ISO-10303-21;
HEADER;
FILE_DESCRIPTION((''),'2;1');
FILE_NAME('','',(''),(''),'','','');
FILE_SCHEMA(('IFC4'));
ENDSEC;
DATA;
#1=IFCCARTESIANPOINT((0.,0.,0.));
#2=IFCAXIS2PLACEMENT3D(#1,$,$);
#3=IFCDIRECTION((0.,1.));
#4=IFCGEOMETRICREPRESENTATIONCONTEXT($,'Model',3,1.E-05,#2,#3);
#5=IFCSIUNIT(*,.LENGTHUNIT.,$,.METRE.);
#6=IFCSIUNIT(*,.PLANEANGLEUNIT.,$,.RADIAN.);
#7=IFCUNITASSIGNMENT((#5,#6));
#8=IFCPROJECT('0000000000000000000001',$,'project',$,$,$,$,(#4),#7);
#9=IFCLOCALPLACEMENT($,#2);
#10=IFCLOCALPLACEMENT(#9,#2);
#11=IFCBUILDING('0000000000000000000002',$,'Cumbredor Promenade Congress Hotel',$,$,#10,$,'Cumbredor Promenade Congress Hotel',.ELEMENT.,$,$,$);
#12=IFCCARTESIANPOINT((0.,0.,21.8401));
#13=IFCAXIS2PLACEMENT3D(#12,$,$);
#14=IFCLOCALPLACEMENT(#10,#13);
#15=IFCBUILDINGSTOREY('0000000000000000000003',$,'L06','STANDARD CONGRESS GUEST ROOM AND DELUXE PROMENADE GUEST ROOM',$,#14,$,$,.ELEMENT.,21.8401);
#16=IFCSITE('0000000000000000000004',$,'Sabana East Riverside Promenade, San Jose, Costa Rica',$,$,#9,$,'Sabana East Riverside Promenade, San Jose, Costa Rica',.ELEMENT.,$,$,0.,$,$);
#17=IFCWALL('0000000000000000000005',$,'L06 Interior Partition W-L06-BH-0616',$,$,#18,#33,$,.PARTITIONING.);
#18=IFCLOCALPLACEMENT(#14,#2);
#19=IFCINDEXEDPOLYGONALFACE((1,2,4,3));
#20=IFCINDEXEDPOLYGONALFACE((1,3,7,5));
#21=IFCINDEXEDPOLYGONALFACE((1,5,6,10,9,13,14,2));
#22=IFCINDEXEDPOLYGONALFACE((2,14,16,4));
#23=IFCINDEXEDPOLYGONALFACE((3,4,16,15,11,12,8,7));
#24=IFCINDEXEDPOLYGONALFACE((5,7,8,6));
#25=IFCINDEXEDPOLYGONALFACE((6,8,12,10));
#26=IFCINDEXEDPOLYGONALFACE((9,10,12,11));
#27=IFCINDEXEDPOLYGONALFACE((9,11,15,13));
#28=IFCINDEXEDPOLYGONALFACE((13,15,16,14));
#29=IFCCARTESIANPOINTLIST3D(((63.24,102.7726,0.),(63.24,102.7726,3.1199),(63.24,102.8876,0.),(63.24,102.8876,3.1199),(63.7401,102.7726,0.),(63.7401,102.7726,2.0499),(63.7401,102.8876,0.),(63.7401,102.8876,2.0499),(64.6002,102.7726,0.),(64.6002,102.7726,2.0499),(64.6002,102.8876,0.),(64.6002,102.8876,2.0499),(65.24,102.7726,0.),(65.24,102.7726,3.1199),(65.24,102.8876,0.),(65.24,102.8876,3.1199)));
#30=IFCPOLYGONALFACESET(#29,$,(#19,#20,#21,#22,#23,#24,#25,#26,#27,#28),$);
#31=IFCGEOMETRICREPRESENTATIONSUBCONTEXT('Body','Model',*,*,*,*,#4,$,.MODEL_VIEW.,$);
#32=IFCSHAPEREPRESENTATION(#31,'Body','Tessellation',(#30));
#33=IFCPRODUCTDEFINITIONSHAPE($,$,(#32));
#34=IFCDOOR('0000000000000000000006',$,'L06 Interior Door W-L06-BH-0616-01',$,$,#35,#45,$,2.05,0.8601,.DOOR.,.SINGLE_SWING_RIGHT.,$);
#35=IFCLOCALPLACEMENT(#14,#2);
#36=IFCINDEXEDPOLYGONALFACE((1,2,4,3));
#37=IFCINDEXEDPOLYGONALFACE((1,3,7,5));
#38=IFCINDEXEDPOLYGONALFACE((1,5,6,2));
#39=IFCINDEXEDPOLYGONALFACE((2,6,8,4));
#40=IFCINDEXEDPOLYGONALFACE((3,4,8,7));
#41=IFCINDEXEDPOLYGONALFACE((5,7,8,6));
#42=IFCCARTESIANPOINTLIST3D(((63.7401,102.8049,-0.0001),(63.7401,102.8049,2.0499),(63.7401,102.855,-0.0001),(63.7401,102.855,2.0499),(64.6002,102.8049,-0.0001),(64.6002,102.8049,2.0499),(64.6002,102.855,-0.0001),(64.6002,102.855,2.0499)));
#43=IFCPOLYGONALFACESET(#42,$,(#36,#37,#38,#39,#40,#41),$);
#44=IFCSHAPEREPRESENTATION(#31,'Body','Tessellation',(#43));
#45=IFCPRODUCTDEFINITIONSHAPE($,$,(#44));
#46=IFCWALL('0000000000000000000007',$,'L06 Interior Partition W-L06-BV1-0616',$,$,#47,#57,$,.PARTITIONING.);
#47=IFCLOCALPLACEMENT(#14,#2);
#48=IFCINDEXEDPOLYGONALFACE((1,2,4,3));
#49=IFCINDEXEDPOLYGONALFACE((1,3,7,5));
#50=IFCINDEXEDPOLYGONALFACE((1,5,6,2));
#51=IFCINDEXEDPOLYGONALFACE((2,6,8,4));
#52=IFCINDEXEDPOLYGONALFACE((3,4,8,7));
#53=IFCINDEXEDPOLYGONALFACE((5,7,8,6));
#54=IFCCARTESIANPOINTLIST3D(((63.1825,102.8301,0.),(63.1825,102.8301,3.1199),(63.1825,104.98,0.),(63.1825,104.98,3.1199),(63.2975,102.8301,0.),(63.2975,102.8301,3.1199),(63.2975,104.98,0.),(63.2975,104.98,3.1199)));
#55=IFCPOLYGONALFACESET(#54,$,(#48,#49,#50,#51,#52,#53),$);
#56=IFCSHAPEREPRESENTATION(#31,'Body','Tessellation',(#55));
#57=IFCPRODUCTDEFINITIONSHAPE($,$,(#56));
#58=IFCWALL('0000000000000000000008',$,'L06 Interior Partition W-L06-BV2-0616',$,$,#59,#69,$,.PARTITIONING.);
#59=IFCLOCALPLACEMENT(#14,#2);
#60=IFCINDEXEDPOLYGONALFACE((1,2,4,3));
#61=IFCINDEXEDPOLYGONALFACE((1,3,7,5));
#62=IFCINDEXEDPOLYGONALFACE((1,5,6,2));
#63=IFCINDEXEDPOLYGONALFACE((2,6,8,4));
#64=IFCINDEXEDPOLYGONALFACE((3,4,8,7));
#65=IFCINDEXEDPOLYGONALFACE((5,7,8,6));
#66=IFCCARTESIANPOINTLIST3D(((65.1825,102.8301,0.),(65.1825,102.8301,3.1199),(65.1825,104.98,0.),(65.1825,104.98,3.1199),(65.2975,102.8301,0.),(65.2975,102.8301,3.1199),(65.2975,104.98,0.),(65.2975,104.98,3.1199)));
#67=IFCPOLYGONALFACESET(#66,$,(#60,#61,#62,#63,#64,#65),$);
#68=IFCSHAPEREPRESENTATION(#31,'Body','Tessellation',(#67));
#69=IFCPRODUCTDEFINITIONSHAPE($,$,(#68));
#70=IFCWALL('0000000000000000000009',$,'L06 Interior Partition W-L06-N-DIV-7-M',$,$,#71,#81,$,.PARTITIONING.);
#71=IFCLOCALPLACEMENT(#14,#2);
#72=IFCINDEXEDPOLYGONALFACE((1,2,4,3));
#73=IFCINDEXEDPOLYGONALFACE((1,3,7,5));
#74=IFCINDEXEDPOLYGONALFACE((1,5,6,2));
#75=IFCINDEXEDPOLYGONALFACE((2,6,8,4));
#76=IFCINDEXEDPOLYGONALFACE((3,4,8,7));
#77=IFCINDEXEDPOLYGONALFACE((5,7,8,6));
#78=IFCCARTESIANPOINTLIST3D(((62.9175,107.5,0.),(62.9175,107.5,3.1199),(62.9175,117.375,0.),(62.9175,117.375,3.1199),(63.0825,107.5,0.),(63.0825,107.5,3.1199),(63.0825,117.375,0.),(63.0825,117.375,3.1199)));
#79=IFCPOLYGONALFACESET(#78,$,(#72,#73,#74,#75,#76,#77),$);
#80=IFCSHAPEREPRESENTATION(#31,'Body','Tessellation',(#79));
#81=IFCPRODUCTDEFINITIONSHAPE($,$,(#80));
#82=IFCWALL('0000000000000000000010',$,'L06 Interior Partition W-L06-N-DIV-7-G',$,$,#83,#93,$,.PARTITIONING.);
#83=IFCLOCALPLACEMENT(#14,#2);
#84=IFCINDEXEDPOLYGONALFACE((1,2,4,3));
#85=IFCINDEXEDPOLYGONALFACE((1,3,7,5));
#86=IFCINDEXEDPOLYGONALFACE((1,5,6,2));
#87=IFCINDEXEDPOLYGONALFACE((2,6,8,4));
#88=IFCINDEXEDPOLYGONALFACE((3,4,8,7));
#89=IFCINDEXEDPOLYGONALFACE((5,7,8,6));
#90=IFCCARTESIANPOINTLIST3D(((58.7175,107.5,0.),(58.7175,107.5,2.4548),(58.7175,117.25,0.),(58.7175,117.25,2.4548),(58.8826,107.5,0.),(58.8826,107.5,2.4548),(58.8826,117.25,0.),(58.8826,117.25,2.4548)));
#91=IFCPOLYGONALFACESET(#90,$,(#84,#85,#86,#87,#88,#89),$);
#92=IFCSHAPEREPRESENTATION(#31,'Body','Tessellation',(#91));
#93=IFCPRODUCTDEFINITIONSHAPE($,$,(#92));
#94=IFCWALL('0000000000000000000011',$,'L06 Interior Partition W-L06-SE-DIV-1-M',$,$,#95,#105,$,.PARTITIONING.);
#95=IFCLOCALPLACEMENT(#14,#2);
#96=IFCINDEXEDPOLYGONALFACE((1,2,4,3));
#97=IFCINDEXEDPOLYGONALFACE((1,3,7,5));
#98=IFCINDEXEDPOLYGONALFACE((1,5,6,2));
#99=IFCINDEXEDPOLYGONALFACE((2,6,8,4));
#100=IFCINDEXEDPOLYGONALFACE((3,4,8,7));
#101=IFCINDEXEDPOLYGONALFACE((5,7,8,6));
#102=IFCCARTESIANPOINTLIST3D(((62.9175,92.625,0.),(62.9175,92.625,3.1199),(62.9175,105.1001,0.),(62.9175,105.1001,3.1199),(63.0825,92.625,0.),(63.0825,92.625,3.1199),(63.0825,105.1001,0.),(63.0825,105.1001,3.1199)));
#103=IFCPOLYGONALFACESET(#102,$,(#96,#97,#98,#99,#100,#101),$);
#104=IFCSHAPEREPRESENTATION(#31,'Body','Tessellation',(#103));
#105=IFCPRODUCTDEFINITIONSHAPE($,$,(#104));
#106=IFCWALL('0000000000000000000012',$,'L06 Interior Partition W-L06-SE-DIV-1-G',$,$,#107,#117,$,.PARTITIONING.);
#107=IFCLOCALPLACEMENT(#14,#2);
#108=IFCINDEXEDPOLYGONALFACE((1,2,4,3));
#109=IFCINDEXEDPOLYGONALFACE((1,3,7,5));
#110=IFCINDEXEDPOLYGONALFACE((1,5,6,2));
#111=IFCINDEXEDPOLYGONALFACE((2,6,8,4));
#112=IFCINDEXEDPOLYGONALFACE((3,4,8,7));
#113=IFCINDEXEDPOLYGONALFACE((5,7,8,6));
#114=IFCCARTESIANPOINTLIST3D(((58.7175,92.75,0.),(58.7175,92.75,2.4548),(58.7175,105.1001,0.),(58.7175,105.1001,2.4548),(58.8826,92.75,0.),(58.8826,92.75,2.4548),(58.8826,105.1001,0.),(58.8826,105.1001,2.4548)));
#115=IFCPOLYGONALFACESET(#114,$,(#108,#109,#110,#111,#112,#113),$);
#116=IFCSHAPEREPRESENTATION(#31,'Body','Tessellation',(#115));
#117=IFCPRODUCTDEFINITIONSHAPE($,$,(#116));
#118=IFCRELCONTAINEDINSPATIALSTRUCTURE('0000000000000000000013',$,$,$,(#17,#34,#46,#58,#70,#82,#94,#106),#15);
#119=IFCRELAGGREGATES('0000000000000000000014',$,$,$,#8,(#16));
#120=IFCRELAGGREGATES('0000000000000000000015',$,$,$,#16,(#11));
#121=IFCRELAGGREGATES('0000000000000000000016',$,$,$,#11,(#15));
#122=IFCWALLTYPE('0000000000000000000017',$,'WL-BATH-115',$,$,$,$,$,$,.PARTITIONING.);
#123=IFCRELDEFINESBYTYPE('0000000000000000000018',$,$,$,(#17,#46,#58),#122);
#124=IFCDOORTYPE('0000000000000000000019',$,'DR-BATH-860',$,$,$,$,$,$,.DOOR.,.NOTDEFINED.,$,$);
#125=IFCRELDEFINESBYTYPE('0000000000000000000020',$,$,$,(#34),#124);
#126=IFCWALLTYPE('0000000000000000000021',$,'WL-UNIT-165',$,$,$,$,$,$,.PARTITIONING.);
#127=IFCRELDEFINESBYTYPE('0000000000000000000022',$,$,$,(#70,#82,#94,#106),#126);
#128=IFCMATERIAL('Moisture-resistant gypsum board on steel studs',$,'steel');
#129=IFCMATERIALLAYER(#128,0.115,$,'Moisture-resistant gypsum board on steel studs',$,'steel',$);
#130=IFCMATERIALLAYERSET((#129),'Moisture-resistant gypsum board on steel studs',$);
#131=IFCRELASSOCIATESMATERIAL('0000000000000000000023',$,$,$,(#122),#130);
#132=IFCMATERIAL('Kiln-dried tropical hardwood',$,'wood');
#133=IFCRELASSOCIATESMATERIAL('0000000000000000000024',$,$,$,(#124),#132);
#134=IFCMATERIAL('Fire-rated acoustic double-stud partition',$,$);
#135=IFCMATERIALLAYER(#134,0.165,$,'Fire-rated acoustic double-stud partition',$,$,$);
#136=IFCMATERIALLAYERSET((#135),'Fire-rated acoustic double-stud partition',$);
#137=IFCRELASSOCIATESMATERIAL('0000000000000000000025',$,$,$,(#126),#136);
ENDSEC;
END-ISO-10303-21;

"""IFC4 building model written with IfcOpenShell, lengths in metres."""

from ifc_helpers import new_model, si_unit, direction, frame, frame_2d, origin, place, context, subcontext, project, spatial, rectangle, extrude, material, layer, layer_set, type_object, element, fill, save


model = new_model("IFC4")

# Units and contexts
model_context = context("Model", 3, precision=1e-05, world=origin(), true_north=direction((0.0, 1.0)))
body_context = subcontext(model_context, "Body", "Model", "MODEL_VIEW")
ifc_project = project(units=[si_unit("LENGTHUNIT", "METRE"), si_unit("PLANEANGLEUNIT", "RADIAN")], contexts=[model_context])

# Site, building, storey
site_placement = place(None, origin())
site = spatial("IfcSite", under=ifc_project, at=site_placement, Name="Sabana East Riverside Promenade, San Jose, Costa Rica", LongName="Sabana East Riverside Promenade, San Jose, Costa Rica", CompositionType="ELEMENT", RefElevation=0.0)
building_placement = place(site_placement, origin())
building = spatial("IfcBuilding", under=site, at=building_placement, Name="Cumbredor Promenade Congress Hotel", LongName="Cumbredor Promenade Congress Hotel", CompositionType="ELEMENT")
storey_placement = place(building_placement, frame((0.0, 0.0, 21.8401)))
storey = spatial("IfcBuildingStorey", under=building, at=storey_placement, Name="L06", Description="STANDARD CONGRESS GUEST ROOM AND DELUXE PROMENADE GUEST ROOM", CompositionType="ELEMENT", Elevation=21.8401)

# Shared definitions
ifc_material_1 = material(Name="Moisture-resistant gypsum board on steel studs", Category="steel")
ifc_layer_1 = layer(ifc_material_1, 0.115, Name="Moisture-resistant gypsum board on steel studs", Category="steel")
ifc_layer_set_1 = layer_set([ifc_layer_1], Name="Moisture-resistant gypsum board on steel studs")
wall_type_1 = type_object("IfcWallType", Name="WL-BATH-115", PredefinedType="PARTITIONING", material=ifc_layer_set_1)

# Shared definitions
ifc_material_2 = material(Name="Kiln-dried tropical hardwood", Category="wood")
door_type = type_object("IfcDoorType", Name="DR-BATH-860", OperationType="NOTDEFINED", PredefinedType="DOOR", material=ifc_material_2)

# Wall, opening, door
wall_1_placement = place(storey_placement, frame((63.24, 102.8301, 0.0), z_axis=(0.0, 0.0, 1.0), x_axis=(1.0, 0.0, 0.0)))
wall_1 = element("IfcWall", 1, at=wall_1_placement, inside=storey, type_object=wall_type_1, Name="L06 Interior Partition W-L06-BH-0616", PredefinedType="PARTITIONING", context=body_context, shape_type="SweptSolid", body=[
    extrude(rectangle(XDim=2.0, YDim=0.115, at=frame_2d((1.0, 0.0))), origin(), (0.0, 0.0, 1.0), 3.1199),
])
opening_1_placement = place(wall_1_placement, frame((0.5, 0.0, 0.0)))
opening_1 = element("IfcOpeningElement", 2, at=opening_1_placement, cuts=wall_1, PredefinedType="OPENING", context=body_context, shape_type="SweptSolid", body=[
    extrude(rectangle(XDim=0.8601, YDim=2.05, at=frame_2d((0.4302, 1.0249))), frame((0.0, 0.0674, 0.0), z_axis=(0.0, -1.0, 0.0), x_axis=(1.0, 0.0, 0.0)), (0.0, 0.0, 1.0), 0.135),
])
door_1_placement = place(opening_1_placement, origin())
door_1 = element("IfcDoor", 3, at=door_1_placement, inside=storey, type_object=door_type, Name="L06 Interior Door W-L06-BH-0616-01", OperationType="SINGLE_SWING_RIGHT", OverallHeight=2.05, OverallWidth=0.8601, PredefinedType="DOOR", context=body_context, shape_type="SweptSolid", body=[
    extrude(rectangle(XDim=0.8601, YDim=2.05, at=frame_2d((0.4302, 1.0249))), frame((0.0, 0.0249, 0.0), z_axis=(0.0, -1.0, 0.0), x_axis=(1.0, 0.0, 0.0)), (0.0, 0.0, 1.0), 0.05),
])
fill(opening_1, door_1)

# Walls
for number, where, z_axis, x_axis, name in (
    (4, (63.24, 102.8301, 0.0), (0.0, 0.0, 1.0), (0.0, 1.0, 0.0), "L06 Interior Partition W-L06-BV1-0616"),
    (5, (65.24, 102.8301, 0.0), (0.0, 0.0, 1.0), (0.0, 1.0, 0.0), "L06 Interior Partition W-L06-BV2-0616"),
):
    element("IfcWall", number, at=place(storey_placement, frame(where, z_axis=z_axis, x_axis=x_axis)), inside=storey, type_object=wall_type_1, Name=name, PredefinedType="PARTITIONING", context=body_context, shape_type="SweptSolid", body=[
        extrude(rectangle(XDim=2.1499, YDim=0.115, at=frame_2d((1.075, 0.0))), origin(), (0.0, 0.0, 1.0), 3.1199),
    ])
ifc_material_3 = material(Name="Fire-rated acoustic double-stud partition")
ifc_layer_2 = layer(ifc_material_3, 0.165, Name="Fire-rated acoustic double-stud partition")
ifc_layer_set_2 = layer_set([ifc_layer_2], Name="Fire-rated acoustic double-stud partition")
wall_type_2 = type_object("IfcWallType", Name="WL-UNIT-165", PredefinedType="PARTITIONING", material=ifc_layer_set_2)
wall_2_placement = place(storey_placement, frame((63.0, 107.5, 0.0), z_axis=(0.0, 0.0, 1.0), x_axis=(0.0, 1.0, 0.0)))
element("IfcWall", 6, at=wall_2_placement, inside=storey, type_object=wall_type_2, Name="L06 Interior Partition W-L06-N-DIV-7-M", PredefinedType="PARTITIONING", context=body_context, shape_type="SweptSolid", body=[
    extrude(rectangle(XDim=9.875, YDim=0.165, at=frame_2d((4.9375, 0.0))), origin(), (0.0, 0.0, 1.0), 3.1199),
])
wall_3_placement = place(storey_placement, frame((58.8, 107.5, 0.0), z_axis=(0.0, 0.0, 1.0), x_axis=(0.0, 1.0, 0.0)))
element("IfcWall", 7, at=wall_3_placement, inside=storey, type_object=wall_type_2, Name="L06 Interior Partition W-L06-N-DIV-7-G", PredefinedType="PARTITIONING", context=body_context, shape_type="SweptSolid", body=[
    extrude(rectangle(XDim=9.75, YDim=0.165, at=frame_2d((4.875, 0.0))), origin(), (0.0, 0.0, 1.0), 2.4548),
])
wall_4_placement = place(storey_placement, frame((63.0, 92.625, 0.0), z_axis=(0.0, 0.0, 1.0), x_axis=(0.0, 1.0, 0.0)))
element("IfcWall", 8, at=wall_4_placement, inside=storey, type_object=wall_type_2, Name="L06 Interior Partition W-L06-SE-DIV-1-M", PredefinedType="PARTITIONING", context=body_context, shape_type="SweptSolid", body=[
    extrude(rectangle(XDim=12.4751, YDim=0.165, at=frame_2d((6.2375, 0.0))), origin(), (0.0, 0.0, 1.0), 3.1199),
])
wall_5_placement = place(storey_placement, frame((58.8, 92.75, 0.0), z_axis=(0.0, 0.0, 1.0), x_axis=(0.0, 1.0, 0.0)))
element("IfcWall", 9, at=wall_5_placement, inside=storey, type_object=wall_type_2, Name="L06 Interior Partition W-L06-SE-DIV-1-G", PredefinedType="PARTITIONING", context=body_context, shape_type="SweptSolid", body=[
    extrude(rectangle(XDim=12.3501, YDim=0.165, at=frame_2d((6.175, 0.0))), origin(), (0.0, 0.0, 1.0), 2.4548),
])

save(model, "model.ifc")
